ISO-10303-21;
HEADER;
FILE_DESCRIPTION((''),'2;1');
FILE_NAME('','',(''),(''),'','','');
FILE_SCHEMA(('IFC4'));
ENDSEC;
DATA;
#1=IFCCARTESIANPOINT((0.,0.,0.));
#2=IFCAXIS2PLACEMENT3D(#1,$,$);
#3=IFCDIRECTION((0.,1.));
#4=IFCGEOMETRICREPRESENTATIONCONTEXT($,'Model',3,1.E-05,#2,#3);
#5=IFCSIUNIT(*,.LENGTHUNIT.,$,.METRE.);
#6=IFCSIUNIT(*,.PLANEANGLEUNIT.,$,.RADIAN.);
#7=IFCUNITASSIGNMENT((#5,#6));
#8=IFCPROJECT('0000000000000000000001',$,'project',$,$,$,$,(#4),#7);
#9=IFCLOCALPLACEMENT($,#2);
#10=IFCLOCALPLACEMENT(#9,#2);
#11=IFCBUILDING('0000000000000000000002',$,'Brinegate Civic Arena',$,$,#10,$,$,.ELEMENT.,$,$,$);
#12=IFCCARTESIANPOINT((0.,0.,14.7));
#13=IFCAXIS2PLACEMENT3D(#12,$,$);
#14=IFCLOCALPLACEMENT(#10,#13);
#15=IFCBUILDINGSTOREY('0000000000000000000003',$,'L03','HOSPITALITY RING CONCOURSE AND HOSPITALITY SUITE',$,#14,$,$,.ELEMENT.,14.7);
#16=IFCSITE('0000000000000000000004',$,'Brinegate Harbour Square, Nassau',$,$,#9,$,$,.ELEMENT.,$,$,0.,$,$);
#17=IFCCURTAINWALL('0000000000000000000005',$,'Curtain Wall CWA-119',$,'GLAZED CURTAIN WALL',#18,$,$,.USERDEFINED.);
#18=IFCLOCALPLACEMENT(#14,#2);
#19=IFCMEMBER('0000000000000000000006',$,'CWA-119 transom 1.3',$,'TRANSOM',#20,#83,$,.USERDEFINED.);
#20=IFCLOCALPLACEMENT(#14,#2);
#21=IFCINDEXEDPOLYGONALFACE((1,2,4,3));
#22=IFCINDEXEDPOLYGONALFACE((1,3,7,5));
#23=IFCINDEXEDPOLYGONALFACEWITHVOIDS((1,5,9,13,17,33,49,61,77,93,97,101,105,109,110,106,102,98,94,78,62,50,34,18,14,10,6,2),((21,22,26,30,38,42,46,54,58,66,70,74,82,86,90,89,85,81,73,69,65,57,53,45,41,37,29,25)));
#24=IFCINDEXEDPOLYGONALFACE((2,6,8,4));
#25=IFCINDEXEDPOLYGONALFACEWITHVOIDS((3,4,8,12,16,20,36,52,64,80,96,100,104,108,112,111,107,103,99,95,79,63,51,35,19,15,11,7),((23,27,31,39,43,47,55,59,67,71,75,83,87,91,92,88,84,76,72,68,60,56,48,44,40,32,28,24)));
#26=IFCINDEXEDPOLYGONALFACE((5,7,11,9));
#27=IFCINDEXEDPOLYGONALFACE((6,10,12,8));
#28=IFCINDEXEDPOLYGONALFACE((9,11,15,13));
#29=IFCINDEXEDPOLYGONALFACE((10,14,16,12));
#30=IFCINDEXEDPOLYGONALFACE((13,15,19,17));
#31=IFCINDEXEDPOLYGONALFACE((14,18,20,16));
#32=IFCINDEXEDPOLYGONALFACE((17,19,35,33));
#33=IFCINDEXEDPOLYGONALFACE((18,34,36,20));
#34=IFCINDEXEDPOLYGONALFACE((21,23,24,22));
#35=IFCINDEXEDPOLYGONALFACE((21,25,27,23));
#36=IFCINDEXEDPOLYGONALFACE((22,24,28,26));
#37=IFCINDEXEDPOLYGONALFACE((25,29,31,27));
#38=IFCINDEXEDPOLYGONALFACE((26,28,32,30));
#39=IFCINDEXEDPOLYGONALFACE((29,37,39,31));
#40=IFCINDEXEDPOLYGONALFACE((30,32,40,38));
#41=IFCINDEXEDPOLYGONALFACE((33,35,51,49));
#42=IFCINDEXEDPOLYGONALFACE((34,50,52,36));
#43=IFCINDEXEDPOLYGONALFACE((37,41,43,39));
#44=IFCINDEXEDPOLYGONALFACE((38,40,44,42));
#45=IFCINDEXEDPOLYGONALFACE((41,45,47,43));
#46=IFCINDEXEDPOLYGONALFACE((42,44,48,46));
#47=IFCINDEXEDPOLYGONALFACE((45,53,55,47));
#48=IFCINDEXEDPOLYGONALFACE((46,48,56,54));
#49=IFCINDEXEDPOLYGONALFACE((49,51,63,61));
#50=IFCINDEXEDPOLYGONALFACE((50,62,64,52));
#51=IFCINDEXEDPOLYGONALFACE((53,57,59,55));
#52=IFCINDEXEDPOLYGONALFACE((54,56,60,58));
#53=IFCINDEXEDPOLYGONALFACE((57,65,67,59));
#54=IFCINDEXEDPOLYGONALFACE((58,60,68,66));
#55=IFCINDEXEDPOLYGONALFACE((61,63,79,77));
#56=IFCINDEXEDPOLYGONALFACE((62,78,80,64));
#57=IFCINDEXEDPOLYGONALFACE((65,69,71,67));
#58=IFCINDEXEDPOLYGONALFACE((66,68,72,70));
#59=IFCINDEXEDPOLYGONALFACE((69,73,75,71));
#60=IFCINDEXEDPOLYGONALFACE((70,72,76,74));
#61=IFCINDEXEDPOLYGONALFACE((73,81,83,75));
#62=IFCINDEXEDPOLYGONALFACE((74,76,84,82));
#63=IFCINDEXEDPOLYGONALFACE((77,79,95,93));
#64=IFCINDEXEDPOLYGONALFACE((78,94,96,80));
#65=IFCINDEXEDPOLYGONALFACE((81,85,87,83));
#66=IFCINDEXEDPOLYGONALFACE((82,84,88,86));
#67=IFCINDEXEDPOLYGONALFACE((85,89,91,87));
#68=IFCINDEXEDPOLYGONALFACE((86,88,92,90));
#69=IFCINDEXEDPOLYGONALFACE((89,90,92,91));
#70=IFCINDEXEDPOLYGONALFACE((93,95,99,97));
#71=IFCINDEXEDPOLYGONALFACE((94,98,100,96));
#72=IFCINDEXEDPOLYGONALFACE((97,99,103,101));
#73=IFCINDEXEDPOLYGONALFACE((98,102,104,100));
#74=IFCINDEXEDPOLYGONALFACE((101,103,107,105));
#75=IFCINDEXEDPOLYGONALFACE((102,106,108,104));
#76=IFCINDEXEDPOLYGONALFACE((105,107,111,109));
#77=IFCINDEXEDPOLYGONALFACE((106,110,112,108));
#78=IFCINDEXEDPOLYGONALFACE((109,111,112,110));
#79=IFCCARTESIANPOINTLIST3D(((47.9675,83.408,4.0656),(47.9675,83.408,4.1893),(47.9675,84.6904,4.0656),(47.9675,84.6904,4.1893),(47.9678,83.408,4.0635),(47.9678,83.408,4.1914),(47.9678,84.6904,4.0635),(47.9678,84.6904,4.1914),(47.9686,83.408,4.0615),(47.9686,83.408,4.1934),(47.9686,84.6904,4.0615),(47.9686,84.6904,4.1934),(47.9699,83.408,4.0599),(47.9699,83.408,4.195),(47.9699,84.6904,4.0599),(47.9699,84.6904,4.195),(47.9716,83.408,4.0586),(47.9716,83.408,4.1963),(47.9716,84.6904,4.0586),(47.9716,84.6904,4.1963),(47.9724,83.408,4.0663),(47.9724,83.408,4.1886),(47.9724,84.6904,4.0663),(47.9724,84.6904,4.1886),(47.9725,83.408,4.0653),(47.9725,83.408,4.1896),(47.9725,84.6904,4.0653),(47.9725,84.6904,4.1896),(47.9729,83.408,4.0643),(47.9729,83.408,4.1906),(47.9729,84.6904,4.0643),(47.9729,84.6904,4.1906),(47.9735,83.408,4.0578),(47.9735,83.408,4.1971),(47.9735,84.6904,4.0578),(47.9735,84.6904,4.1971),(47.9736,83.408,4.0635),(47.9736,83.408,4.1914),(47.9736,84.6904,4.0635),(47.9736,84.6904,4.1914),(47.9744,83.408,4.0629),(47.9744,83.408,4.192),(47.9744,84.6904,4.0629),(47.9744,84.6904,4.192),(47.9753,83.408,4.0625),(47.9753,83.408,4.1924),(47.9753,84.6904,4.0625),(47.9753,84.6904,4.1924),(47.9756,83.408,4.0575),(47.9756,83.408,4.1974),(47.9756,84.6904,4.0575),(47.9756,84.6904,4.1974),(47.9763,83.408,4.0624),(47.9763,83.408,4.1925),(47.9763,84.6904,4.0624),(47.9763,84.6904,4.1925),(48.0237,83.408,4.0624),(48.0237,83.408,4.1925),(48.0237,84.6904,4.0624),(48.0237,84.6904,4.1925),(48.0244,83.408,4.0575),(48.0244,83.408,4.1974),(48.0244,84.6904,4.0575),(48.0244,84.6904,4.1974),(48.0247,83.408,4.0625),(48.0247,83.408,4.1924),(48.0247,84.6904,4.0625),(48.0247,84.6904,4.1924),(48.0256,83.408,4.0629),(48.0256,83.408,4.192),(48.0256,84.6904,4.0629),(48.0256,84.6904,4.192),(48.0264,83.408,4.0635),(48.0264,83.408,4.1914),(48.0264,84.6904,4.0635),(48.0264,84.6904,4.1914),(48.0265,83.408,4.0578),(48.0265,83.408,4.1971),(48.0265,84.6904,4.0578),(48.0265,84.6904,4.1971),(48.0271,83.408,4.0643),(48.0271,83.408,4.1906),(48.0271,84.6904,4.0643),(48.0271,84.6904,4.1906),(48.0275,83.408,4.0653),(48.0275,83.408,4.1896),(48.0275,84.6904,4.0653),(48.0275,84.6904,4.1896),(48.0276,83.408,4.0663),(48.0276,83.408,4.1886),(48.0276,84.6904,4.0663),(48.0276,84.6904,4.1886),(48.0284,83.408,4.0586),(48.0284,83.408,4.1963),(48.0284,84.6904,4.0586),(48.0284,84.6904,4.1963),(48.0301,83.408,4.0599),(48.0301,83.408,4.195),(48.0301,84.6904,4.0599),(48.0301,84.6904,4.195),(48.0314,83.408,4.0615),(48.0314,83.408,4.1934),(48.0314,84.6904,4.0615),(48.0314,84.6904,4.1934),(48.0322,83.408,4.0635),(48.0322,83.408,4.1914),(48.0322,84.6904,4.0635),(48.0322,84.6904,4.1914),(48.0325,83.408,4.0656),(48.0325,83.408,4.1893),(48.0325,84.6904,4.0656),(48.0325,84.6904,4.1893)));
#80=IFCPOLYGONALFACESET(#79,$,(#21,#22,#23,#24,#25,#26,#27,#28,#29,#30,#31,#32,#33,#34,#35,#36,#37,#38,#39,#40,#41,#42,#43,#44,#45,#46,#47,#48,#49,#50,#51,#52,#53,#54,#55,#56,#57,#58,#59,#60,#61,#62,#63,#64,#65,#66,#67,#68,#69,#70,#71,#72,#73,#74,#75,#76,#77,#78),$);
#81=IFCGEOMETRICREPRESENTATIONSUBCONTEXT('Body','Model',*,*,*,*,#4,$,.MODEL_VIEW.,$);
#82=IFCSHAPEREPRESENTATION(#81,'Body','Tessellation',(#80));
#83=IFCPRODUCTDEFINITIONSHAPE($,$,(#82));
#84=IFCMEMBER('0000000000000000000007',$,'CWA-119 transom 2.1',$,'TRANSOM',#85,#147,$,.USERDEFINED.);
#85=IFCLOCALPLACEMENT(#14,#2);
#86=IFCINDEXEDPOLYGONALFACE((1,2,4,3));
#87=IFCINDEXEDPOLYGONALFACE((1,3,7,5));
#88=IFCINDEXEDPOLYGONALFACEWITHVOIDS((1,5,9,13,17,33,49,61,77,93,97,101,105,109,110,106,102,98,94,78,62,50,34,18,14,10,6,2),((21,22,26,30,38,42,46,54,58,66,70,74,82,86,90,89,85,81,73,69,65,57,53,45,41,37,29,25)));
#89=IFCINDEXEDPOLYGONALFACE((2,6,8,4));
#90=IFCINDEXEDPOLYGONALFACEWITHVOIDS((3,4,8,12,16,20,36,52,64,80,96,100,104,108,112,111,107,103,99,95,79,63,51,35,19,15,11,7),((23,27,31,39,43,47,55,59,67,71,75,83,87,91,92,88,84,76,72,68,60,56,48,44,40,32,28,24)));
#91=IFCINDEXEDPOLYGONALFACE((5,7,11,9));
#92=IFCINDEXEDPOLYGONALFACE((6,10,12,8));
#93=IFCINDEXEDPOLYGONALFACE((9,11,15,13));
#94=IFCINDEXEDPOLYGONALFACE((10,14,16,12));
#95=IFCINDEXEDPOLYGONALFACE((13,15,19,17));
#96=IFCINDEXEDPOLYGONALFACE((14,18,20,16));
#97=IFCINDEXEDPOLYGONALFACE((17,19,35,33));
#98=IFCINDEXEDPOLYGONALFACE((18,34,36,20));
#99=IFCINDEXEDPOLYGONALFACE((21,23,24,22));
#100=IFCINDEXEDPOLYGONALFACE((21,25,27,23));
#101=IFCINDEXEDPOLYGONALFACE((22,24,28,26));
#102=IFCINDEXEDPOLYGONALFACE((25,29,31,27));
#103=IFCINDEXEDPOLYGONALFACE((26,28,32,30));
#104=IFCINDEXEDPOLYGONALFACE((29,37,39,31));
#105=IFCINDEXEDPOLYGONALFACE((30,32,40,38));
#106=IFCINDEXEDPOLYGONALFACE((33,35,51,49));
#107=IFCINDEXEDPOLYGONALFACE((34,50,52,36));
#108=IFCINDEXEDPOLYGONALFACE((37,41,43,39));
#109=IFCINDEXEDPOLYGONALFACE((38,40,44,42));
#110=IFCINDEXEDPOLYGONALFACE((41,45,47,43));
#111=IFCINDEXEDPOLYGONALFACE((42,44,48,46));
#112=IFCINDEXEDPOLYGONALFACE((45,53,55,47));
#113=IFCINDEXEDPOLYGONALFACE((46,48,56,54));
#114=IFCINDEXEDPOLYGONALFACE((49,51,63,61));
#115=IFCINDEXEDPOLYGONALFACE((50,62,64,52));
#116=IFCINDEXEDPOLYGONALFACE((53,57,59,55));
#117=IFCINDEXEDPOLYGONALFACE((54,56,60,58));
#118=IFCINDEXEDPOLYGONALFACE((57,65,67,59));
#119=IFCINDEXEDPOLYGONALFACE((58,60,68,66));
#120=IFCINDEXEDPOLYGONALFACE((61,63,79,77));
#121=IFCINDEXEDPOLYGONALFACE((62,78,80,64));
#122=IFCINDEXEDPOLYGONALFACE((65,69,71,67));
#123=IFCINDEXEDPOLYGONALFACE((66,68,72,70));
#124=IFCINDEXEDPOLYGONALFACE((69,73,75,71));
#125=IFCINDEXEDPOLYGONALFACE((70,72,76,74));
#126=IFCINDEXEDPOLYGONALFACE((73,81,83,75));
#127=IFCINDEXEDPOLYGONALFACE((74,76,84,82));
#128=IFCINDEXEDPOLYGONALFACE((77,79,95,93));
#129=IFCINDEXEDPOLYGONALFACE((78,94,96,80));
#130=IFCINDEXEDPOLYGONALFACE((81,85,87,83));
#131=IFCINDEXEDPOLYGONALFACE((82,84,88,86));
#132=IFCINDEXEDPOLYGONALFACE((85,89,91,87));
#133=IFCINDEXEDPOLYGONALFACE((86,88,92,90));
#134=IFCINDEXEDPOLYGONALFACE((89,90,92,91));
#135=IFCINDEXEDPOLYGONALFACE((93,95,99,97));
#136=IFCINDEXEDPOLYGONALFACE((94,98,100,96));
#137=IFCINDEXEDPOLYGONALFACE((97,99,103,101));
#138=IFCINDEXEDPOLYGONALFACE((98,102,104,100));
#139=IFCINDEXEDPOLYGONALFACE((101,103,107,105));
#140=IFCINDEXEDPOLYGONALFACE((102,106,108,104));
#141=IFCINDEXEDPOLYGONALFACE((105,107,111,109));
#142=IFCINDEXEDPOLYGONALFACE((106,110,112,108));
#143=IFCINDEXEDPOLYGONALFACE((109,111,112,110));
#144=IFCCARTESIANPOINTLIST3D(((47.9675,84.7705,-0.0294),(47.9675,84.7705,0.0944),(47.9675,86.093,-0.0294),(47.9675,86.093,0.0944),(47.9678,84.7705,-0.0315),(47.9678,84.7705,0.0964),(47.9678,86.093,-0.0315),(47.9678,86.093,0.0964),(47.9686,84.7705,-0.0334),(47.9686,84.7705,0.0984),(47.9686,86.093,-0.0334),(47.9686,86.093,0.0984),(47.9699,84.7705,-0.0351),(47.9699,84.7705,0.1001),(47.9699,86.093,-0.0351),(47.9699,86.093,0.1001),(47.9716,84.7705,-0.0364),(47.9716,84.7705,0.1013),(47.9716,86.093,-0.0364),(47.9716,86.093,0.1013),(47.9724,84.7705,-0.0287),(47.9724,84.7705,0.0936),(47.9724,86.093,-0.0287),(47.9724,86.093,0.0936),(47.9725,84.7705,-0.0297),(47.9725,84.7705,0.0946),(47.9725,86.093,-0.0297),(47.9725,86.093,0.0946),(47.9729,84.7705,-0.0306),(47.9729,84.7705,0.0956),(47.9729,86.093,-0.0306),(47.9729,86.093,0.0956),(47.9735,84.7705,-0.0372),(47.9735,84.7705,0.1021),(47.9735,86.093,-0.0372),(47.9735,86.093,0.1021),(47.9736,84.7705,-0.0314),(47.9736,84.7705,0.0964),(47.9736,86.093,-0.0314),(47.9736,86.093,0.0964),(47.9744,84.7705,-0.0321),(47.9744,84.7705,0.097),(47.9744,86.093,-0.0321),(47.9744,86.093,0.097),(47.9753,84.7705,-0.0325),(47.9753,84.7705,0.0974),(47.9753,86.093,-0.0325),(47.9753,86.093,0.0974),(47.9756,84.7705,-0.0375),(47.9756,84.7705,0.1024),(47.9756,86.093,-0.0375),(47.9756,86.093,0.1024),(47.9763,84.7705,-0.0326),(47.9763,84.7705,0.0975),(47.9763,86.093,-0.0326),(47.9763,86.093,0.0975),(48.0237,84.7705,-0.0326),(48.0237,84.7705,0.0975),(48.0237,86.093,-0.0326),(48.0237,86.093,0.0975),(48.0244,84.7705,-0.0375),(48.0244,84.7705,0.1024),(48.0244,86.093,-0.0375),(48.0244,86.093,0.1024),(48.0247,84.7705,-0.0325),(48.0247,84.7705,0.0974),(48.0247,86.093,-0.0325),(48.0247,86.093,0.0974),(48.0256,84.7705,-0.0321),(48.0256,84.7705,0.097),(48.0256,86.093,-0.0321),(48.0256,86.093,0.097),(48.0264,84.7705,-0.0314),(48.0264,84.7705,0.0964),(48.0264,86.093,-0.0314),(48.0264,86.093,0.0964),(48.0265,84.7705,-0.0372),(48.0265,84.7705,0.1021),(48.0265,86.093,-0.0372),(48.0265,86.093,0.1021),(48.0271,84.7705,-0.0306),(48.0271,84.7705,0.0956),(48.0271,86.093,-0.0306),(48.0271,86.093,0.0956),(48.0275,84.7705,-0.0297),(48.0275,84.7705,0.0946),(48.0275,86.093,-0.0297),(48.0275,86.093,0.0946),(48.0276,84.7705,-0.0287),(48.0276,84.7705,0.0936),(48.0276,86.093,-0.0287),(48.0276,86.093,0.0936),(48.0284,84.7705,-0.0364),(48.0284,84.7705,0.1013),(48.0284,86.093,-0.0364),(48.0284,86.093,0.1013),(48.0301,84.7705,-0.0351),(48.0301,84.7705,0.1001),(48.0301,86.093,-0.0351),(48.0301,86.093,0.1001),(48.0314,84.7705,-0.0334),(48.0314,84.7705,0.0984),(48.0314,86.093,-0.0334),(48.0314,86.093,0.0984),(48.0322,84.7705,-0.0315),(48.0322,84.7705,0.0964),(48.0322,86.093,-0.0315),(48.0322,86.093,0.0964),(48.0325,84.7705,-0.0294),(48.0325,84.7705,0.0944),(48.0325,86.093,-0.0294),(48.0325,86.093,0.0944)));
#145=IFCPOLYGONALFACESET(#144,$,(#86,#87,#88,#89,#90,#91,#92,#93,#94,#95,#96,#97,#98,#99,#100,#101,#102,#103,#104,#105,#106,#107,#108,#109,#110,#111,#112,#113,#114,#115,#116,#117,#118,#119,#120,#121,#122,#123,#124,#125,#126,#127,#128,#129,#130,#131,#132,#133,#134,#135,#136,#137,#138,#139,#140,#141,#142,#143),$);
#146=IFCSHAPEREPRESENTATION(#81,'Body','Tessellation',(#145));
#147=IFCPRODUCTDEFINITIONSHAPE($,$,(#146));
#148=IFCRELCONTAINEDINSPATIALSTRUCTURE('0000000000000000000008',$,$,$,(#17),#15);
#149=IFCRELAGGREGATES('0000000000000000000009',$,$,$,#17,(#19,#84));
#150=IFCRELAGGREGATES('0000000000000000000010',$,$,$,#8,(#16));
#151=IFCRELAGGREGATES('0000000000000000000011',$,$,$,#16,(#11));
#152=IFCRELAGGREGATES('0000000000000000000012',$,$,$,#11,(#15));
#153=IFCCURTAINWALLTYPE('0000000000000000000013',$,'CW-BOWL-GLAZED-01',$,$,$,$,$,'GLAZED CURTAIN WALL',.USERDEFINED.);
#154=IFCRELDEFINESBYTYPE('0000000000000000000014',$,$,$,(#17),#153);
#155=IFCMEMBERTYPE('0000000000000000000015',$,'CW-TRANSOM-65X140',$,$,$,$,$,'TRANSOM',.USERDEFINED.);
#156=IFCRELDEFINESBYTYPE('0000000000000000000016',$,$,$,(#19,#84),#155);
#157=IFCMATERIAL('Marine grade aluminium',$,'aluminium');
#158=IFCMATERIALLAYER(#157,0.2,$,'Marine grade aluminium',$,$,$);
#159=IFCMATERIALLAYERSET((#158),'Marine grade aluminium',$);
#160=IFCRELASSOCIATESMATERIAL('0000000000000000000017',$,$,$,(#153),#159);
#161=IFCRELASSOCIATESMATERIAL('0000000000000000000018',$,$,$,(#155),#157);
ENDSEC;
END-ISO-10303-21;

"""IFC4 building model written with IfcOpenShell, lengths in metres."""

from ifc_helpers import new_model, si_unit, direction, frame, origin, origin_2d, place, context, subcontext, project, spatial, hollow_rectangle, extrude, material, layer, layer_set, material_profile, profile_set, type_object, element, aggregate, save


model = new_model("IFC4")

# Units and contexts
model_context = context("Model", 3, precision=1e-05, world=origin(), true_north=direction((0.0, 1.0)))
body_context = subcontext(model_context, "Body", "Model", "MODEL_VIEW")
ifc_project = project(units=[si_unit("LENGTHUNIT", "METRE"), si_unit("PLANEANGLEUNIT", "RADIAN")], contexts=[model_context])

# Site, building, storey
site_placement = place(None, origin())
site = spatial("IfcSite", under=ifc_project, at=site_placement, Name="Brinegate Harbour Square, Nassau", CompositionType="ELEMENT", RefElevation=0.0)
building_placement = place(site_placement, origin())
building = spatial("IfcBuilding", under=site, at=building_placement, Name="Brinegate Civic Arena", CompositionType="ELEMENT")
storey_placement = place(building_placement, frame((0.0, 0.0, 14.7)))
storey = spatial("IfcBuildingStorey", under=building, at=storey_placement, Name="L03", Description="HOSPITALITY RING CONCOURSE AND HOSPITALITY SUITE", CompositionType="ELEMENT", Elevation=14.7)

# Curtain wall, members
ifc_material_1 = material(Name="Marine grade aluminium", Category="aluminium")
ifc_layer_1 = layer(ifc_material_1, 0.2, Name="Marine grade aluminium")
ifc_layer_set_1 = layer_set([ifc_layer_1], Name="Marine grade aluminium")
curtain_wall_type = type_object("IfcCurtainWallType", Name="CW-BOWL-GLAZED-01", ElementType="GLAZED CURTAIN WALL", PredefinedType="USERDEFINED", material=ifc_layer_set_1)
curtain_wall_1_placement = place(storey_placement, origin())
curtain_wall_1 = element("IfcCurtainWall", 1, at=curtain_wall_1_placement, inside=storey, type_object=curtain_wall_type, Name="Curtain Wall CWA-119", ObjectType="GLAZED CURTAIN WALL", PredefinedType="USERDEFINED")
ifc_material_profile_1 = material_profile(ifc_material_1, hollow_rectangle(XDim=0.0649, YDim=0.1399, WallThickness=0.0049, InnerFilletRadius=0.0039, OuterFilletRadius=0.0081, at=origin_2d()), Name="TRN65X140")
ifc_profile_set_1 = profile_set([ifc_material_profile_1], Name="Marine grade aluminium")
member_type_1 = type_object("IfcMemberType", Name="CW-TRANSOM-65X140", ElementType="TRANSOM", PredefinedType="USERDEFINED", material=ifc_profile_set_1)
member_1_placement = place(storey_placement, frame((48.0, 83.408, 4.1274), z_axis=(0.0, 1.0, 0.0), x_axis=(-1.0, 0.0, 0.0)))
member_1 = element("IfcMember", 2, at=member_1_placement, type_object=member_type_1, Name="CWA-119 transom 1.3", ObjectType="TRANSOM", PredefinedType="USERDEFINED", context=body_context, shape_type="SweptSolid", body=[
    extrude(hollow_rectangle(XDim=0.0649, YDim=0.1399, WallThickness=0.0049, InnerFilletRadius=0.0039, OuterFilletRadius=0.0081, at=origin_2d()), origin(), (0.0, 0.0, 1.0), 1.2825),
])
member_2_placement = place(storey_placement, frame((48.0, 84.7705, 0.0325), z_axis=(0.0, 1.0, 0.0), x_axis=(-1.0, 0.0, 0.0)))
member_2 = element("IfcMember", 3, at=member_2_placement, type_object=member_type_1, Name="CWA-119 transom 2.1", ObjectType="TRANSOM", PredefinedType="USERDEFINED", context=body_context, shape_type="SweptSolid", body=[
    extrude(hollow_rectangle(XDim=0.0649, YDim=0.1399, WallThickness=0.0049, InnerFilletRadius=0.0039, OuterFilletRadius=0.0081, at=origin_2d()), origin(), (0.0, 0.0, 1.0), 1.3225),
])

aggregate(curtain_wall_1, [member_1, member_2])

save(model, "model.ifc")
